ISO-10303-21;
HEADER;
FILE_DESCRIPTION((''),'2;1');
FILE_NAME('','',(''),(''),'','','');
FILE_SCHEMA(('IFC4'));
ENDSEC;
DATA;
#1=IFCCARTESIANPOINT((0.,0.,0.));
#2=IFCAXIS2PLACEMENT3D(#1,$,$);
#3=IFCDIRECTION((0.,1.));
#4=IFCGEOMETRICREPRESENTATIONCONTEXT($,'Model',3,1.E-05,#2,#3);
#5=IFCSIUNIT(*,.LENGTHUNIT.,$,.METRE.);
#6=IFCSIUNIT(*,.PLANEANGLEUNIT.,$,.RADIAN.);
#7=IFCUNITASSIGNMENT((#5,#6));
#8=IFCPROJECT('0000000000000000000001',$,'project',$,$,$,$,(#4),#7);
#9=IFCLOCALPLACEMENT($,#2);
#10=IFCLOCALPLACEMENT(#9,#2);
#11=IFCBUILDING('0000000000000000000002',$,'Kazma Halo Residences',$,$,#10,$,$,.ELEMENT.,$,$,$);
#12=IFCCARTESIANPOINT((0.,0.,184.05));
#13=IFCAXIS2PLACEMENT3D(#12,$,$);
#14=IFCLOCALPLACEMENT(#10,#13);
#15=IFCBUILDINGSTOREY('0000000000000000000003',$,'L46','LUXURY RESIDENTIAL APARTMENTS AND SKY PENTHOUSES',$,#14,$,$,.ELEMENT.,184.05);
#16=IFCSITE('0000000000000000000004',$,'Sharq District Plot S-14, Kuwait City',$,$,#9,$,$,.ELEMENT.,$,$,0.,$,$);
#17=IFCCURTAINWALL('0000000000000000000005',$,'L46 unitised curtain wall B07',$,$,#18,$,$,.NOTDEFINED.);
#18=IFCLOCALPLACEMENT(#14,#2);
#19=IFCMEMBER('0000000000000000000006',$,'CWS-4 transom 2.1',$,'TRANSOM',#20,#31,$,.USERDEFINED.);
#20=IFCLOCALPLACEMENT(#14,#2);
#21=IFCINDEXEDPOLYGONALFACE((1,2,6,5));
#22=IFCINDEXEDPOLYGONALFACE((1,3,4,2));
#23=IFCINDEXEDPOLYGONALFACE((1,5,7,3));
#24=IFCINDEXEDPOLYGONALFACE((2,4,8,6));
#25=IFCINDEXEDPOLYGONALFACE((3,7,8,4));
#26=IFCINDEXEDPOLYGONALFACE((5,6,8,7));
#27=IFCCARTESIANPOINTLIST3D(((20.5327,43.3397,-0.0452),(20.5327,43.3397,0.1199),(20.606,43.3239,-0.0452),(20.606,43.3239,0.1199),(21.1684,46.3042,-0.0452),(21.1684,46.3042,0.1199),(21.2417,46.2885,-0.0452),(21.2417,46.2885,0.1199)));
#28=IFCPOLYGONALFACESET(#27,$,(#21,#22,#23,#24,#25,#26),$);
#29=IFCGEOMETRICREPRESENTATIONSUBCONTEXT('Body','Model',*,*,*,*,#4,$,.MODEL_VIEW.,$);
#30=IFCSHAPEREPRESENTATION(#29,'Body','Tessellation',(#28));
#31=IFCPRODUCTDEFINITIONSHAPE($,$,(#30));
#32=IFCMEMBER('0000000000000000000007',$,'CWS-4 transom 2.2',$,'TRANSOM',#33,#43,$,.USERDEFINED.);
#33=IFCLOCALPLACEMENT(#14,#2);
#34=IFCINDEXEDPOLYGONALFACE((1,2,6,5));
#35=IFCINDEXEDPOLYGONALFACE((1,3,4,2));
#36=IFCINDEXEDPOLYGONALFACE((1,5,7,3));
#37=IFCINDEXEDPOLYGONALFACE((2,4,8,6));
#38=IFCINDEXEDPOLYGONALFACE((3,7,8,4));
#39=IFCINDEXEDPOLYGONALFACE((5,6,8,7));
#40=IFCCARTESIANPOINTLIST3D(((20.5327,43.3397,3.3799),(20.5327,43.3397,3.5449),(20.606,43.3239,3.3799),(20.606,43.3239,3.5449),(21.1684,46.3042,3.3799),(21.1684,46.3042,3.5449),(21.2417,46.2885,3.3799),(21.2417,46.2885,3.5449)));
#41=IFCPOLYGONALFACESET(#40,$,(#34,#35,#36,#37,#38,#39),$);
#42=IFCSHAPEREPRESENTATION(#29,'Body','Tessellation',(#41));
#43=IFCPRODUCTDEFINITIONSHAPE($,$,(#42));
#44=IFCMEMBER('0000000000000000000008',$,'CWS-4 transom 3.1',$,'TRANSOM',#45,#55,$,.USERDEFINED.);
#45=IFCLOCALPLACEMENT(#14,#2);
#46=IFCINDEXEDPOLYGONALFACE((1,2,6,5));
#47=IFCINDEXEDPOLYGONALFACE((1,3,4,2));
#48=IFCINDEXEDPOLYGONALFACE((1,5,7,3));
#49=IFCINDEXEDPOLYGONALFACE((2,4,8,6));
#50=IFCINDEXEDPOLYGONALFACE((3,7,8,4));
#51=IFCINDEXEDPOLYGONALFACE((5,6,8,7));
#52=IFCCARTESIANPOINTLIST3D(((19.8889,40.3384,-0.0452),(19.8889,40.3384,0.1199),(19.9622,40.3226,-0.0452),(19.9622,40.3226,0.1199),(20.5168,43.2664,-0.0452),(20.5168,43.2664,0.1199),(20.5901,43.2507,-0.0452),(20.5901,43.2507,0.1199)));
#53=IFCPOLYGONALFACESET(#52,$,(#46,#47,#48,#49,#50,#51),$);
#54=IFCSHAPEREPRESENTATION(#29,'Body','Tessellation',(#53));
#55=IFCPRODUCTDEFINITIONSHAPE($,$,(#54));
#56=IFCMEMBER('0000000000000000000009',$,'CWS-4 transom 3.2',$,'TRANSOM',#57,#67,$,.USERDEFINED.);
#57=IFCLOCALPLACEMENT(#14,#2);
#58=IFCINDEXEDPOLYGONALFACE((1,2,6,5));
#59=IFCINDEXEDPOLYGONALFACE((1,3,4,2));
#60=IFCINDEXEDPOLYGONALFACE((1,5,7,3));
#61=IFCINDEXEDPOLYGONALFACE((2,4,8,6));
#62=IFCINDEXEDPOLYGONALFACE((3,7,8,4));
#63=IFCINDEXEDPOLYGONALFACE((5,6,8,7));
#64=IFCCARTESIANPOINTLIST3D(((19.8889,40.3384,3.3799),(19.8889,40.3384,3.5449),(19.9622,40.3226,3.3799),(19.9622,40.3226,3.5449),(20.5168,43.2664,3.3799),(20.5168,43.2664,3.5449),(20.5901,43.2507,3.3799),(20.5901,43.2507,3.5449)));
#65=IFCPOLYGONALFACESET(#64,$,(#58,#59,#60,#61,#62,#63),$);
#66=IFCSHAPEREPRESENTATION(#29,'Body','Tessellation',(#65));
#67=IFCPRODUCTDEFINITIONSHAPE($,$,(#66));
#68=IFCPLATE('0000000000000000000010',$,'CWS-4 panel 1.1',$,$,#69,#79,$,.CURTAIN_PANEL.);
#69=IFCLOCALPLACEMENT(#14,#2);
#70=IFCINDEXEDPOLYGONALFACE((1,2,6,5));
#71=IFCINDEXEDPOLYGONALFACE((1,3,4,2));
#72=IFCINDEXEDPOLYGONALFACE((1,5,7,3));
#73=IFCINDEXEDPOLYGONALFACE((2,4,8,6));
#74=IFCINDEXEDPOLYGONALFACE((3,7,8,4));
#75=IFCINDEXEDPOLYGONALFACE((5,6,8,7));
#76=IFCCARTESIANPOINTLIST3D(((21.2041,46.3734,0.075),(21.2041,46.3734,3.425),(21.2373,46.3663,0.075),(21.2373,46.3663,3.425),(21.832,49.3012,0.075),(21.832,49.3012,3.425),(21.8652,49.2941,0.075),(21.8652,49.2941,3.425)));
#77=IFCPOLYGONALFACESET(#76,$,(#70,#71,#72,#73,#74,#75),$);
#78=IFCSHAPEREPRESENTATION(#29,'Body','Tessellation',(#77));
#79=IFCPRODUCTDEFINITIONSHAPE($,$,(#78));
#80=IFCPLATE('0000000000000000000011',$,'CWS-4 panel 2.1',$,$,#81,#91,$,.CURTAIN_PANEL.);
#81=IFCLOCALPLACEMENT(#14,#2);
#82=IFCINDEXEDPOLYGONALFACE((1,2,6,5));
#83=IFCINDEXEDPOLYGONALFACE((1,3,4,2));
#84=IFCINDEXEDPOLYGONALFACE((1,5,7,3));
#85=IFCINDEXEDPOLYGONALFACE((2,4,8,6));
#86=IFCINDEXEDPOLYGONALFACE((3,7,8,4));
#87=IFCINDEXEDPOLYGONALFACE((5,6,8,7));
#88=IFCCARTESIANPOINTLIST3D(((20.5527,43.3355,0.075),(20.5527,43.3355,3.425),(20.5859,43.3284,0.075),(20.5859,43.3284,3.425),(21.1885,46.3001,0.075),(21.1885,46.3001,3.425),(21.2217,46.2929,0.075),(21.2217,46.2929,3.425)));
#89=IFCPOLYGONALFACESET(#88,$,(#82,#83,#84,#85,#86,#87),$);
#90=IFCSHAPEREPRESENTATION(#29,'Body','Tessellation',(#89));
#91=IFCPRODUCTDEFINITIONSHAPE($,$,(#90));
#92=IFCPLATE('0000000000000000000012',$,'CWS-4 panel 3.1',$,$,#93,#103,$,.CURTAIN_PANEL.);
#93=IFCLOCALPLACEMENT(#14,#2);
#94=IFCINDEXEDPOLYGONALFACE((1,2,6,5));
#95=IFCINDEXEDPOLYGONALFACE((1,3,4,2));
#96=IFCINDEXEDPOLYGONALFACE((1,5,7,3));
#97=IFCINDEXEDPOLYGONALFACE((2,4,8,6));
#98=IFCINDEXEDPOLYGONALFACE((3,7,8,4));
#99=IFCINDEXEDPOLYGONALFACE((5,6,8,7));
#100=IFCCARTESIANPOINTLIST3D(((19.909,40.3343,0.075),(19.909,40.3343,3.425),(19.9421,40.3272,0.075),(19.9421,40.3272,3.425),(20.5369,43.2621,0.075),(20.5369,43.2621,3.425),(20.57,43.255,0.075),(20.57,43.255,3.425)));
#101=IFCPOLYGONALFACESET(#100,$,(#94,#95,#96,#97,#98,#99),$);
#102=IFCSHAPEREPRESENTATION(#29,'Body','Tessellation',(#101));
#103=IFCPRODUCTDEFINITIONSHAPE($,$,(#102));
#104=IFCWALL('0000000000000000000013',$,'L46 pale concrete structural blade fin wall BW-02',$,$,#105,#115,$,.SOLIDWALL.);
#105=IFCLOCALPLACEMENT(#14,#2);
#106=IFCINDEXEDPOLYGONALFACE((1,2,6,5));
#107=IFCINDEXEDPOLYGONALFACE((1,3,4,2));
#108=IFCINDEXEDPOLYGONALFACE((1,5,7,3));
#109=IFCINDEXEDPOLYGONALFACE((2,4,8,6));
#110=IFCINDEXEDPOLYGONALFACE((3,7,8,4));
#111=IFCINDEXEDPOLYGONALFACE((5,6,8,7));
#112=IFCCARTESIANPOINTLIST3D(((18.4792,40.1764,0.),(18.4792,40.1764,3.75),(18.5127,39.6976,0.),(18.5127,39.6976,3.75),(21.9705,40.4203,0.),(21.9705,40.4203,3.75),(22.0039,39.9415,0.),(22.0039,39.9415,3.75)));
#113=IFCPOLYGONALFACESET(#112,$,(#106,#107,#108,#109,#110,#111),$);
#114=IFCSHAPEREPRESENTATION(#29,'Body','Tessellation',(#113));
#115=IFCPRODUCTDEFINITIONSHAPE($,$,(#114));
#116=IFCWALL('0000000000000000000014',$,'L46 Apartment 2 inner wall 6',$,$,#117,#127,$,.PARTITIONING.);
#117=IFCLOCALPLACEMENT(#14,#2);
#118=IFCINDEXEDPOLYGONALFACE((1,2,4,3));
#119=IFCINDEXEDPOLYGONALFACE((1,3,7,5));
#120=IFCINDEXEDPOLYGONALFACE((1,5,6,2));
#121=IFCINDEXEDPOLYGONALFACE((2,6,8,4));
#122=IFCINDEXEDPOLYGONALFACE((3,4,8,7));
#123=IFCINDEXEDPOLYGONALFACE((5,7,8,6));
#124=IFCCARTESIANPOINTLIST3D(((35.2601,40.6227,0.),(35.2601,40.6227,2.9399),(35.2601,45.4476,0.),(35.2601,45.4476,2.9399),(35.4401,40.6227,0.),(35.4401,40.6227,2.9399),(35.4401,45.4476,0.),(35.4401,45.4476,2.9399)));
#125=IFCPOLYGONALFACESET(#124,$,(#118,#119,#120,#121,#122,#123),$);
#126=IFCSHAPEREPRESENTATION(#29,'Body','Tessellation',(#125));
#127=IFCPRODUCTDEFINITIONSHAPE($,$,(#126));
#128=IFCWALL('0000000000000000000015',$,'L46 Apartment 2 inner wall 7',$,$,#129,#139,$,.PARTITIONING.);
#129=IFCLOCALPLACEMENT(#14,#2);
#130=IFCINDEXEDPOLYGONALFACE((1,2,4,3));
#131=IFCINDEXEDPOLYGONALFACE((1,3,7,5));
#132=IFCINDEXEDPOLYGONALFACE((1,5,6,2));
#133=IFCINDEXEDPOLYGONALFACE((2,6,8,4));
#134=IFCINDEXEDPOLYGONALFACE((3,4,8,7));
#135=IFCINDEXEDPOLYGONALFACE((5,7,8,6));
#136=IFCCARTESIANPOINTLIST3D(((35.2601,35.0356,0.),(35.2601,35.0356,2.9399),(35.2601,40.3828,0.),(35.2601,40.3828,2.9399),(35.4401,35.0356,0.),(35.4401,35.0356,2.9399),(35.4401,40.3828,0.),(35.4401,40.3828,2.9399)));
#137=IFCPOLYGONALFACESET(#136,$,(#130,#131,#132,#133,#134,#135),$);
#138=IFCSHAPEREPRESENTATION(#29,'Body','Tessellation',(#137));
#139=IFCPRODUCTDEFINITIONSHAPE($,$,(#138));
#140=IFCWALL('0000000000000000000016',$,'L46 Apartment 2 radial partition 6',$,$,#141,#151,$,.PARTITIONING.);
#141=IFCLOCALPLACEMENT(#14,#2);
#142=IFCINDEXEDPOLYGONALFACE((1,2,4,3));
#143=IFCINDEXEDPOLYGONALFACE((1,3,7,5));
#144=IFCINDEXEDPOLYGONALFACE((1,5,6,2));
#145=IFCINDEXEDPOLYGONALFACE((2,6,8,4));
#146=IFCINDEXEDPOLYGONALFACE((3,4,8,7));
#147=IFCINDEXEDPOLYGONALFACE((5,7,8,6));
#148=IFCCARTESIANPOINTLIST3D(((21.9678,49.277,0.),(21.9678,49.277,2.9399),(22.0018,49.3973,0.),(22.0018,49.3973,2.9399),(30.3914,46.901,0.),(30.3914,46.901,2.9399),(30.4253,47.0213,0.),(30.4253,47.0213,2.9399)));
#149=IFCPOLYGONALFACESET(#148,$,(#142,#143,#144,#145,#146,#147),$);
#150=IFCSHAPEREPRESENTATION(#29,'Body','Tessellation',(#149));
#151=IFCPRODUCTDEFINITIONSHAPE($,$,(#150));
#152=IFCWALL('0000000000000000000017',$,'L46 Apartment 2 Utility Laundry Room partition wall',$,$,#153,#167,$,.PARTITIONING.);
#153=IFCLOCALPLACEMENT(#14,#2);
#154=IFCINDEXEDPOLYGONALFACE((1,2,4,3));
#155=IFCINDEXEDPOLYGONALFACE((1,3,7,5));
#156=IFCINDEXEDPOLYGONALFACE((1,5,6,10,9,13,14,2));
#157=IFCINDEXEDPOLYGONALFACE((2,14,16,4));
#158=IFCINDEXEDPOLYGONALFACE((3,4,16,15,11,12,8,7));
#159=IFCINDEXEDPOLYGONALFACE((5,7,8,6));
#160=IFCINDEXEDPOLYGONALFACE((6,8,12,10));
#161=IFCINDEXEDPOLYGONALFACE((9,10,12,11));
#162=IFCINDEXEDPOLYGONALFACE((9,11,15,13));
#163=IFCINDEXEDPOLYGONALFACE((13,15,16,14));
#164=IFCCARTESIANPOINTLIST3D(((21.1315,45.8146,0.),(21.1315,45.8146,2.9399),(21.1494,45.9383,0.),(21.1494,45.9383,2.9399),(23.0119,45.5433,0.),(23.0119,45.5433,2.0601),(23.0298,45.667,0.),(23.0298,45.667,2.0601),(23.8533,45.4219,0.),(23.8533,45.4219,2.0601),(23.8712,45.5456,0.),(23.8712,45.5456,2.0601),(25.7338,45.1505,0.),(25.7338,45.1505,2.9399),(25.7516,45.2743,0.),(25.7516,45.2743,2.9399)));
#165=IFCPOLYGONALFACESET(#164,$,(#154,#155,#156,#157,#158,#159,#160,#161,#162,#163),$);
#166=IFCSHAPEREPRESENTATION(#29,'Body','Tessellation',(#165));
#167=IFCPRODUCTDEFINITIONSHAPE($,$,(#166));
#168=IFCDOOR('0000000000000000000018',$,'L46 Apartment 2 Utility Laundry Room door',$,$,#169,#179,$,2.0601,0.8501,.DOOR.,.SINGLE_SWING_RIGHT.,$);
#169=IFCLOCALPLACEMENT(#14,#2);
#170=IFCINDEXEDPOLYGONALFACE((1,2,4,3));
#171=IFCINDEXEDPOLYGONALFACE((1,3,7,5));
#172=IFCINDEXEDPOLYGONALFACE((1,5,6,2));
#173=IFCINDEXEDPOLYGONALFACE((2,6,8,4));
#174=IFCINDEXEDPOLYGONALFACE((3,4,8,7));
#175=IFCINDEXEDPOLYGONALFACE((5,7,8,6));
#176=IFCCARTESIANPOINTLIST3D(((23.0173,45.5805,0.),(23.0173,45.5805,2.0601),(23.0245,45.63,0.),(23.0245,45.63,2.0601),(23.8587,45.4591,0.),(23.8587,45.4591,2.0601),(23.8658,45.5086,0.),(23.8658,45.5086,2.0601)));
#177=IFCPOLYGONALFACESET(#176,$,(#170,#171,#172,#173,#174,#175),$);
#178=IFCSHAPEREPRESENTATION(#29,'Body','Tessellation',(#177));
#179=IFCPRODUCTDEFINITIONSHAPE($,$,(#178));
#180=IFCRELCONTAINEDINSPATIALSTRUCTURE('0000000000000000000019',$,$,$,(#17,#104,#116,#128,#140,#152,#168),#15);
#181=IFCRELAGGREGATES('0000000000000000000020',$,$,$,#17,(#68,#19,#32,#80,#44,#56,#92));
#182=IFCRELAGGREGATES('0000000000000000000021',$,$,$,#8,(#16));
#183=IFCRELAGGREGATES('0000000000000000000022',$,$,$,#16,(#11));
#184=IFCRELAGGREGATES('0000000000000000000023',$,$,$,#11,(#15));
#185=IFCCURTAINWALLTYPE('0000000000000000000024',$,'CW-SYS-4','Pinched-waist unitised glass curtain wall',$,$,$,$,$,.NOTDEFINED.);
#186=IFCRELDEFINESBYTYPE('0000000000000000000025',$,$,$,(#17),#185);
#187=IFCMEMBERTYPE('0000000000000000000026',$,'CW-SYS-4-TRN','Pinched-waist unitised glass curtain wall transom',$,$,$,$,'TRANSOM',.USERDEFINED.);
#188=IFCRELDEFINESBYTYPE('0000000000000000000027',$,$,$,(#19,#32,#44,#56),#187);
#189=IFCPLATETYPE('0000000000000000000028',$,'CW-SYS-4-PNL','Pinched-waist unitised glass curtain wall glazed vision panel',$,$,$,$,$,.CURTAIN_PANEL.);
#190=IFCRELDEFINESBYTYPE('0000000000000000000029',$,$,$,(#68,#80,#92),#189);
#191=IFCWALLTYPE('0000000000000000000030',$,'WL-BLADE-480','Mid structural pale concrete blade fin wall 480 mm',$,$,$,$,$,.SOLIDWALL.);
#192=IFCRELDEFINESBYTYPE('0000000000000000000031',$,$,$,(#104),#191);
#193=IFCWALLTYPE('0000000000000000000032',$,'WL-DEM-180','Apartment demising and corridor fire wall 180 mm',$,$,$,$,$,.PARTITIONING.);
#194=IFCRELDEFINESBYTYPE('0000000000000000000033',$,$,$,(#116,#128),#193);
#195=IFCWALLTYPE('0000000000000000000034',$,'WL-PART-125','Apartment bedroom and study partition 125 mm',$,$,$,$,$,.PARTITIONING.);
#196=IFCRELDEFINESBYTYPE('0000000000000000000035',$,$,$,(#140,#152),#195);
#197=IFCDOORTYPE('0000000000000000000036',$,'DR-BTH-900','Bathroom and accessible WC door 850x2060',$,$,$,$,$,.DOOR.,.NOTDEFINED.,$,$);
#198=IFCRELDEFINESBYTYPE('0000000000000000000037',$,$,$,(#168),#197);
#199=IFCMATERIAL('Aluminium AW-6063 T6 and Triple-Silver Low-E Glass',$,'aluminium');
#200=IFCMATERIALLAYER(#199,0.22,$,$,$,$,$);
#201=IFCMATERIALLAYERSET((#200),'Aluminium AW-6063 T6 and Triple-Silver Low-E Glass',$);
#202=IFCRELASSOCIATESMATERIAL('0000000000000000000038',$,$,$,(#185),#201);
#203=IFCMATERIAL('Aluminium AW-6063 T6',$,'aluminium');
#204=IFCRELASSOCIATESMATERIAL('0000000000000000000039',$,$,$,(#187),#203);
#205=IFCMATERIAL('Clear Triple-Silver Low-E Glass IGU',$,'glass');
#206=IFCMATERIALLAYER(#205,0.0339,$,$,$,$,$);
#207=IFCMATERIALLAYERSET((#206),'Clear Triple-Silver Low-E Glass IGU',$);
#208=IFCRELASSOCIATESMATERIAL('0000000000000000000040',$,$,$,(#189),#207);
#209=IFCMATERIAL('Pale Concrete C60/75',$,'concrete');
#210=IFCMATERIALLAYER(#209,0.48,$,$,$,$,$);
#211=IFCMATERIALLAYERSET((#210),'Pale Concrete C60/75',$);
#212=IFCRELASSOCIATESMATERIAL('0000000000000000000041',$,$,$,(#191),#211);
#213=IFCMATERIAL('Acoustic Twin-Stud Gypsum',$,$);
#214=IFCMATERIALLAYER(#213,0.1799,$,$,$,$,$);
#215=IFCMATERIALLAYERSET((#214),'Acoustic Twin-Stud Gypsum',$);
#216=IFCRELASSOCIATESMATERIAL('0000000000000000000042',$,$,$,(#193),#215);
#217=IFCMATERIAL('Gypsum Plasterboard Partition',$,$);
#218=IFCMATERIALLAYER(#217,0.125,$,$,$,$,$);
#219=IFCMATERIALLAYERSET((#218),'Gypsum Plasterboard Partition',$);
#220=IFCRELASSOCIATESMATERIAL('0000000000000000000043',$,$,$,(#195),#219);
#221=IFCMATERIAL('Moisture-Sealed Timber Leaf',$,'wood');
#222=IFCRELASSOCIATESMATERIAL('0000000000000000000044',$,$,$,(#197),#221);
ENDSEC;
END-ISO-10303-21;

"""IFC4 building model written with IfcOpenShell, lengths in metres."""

from ifc_helpers import new_model, si_unit, direction, frame, frame_2d, origin, origin_2d, place, context, subcontext, project, spatial, rectangle, extrude, material, layer, layer_set, material_profile, profile_set, type_object, element, fill, aggregate, save


model = new_model("IFC4")

# Units and contexts
model_context = context("Model", 3, precision=1e-05, world=origin(), true_north=direction((0.0, 1.0)))
body_context = subcontext(model_context, "Body", "Model", "MODEL_VIEW")
ifc_project = project(units=[si_unit("LENGTHUNIT", "METRE"), si_unit("PLANEANGLEUNIT", "RADIAN")], contexts=[model_context])

# Site, building, storey
site_placement = place(None, origin())
site = spatial("IfcSite", under=ifc_project, at=site_placement, Name="Sharq District Plot S-14, Kuwait City", CompositionType="ELEMENT", RefElevation=0.0)
building_placement = place(site_placement, origin())
building = spatial("IfcBuilding", under=site, at=building_placement, Name="Kazma Halo Residences", CompositionType="ELEMENT")
storey_placement = place(building_placement, frame((0.0, 0.0, 184.05)))
storey = spatial("IfcBuildingStorey", under=building, at=storey_placement, Name="L46", Description="LUXURY RESIDENTIAL APARTMENTS AND SKY PENTHOUSES", CompositionType="ELEMENT", Elevation=184.05)

# Curtain wall, members, plates
ifc_material_1 = material(Name="Aluminium AW-6063 T6 and Triple-Silver Low-E Glass", Category="aluminium")
ifc_layer_1 = layer(ifc_material_1, 0.22)
ifc_layer_set_1 = layer_set([ifc_layer_1], Name="Aluminium AW-6063 T6 and Triple-Silver Low-E Glass")
curtain_wall_type = type_object("IfcCurtainWallType", Name="CW-SYS-4", Description="Pinched-waist unitised glass curtain wall", PredefinedType="NOTDEFINED", material=ifc_layer_set_1)
curtain_wall_placement = place(storey_placement, origin())
curtain_wall = element("IfcCurtainWall", 1, at=curtain_wall_placement, inside=storey, type_object=curtain_wall_type, Name="L46 unitised curtain wall B07", PredefinedType="NOTDEFINED")
ifc_material_2 = material(Name="Aluminium AW-6063 T6", Category="aluminium")
ifc_material_profile_1 = material_profile(ifc_material_2, rectangle(XDim=0.075, YDim=0.165, at=origin_2d()), Name="CWT-75x165")
ifc_profile_set_1 = profile_set([ifc_material_profile_1], Name="Aluminium AW-6063 T6")
member_type_1 = type_object("IfcMemberType", Name="CW-SYS-4-TRN", Description="Pinched-waist unitised glass curtain wall transom", ElementType="TRANSOM", PredefinedType="USERDEFINED", material=ifc_profile_set_1)
member_1_placement = place(storey_placement, frame((21.2051, 46.2964, 0.0374), z_axis=(-0.209678, -0.977771, 0.0), x_axis=(0.977771, -0.209678, 0.0)))
member_1 = element("IfcMember", 2, at=member_1_placement, type_object=member_type_1, Name="CWS-4 transom 2.1", ObjectType="TRANSOM", PredefinedType="USERDEFINED", context=body_context, shape_type="SweptSolid", body=[
    extrude(rectangle(XDim=0.075, YDim=0.165, at=origin_2d()), origin(), (0.0, 0.0, 1.0), 3.032),
])
member_2_placement = place(storey_placement, frame((21.2051, 46.2964, 3.4624), z_axis=(-0.209678, -0.977771, 0.0), x_axis=(0.977771, -0.209678, 0.0)))
member_2 = element("IfcMember", 3, at=member_2_placement, type_object=member_type_1, Name="CWS-4 transom 2.2", ObjectType="TRANSOM", PredefinedType="USERDEFINED", context=body_context, shape_type="SweptSolid", body=[
    extrude(rectangle(XDim=0.075, YDim=0.165, at=origin_2d()), origin(), (0.0, 0.0, 1.0), 3.032),
])
member_3_placement = place(storey_placement, frame((20.5535, 43.2585, 0.0374), z_axis=(-0.209691, -0.977768, 0.0), x_axis=(0.977768, -0.209691, 0.0)))
member_3 = element("IfcMember", 4, at=member_3_placement, type_object=member_type_1, Name="CWS-4 transom 3.1", ObjectType="TRANSOM", PredefinedType="USERDEFINED", context=body_context, shape_type="SweptSolid", body=[
    extrude(rectangle(XDim=0.075, YDim=0.165, at=origin_2d()), origin(), (0.0, 0.0, 1.0), 2.9946),
])
member_4_placement = place(storey_placement, frame((20.5535, 43.2585, 3.4624), z_axis=(-0.209691, -0.977768, 0.0), x_axis=(0.977768, -0.209691, 0.0)))
member_4 = element("IfcMember", 5, at=member_4_placement, type_object=member_type_1, Name="CWS-4 transom 3.2", ObjectType="TRANSOM", PredefinedType="USERDEFINED", context=body_context, shape_type="SweptSolid", body=[
    extrude(rectangle(XDim=0.075, YDim=0.165, at=origin_2d()), origin(), (0.0, 0.0, 1.0), 2.9946),
])
ifc_material_3 = material(Name="Clear Triple-Silver Low-E Glass IGU", Category="glass")
ifc_layer_2 = layer(ifc_material_3, 0.0339)
ifc_layer_set_2 = layer_set([ifc_layer_2], Name="Clear Triple-Silver Low-E Glass IGU")
plate_type = type_object("IfcPlateType", Name="CW-SYS-4-PNL", Description="Pinched-waist unitised glass curtain wall glazed vision panel", PredefinedType="CURTAIN_PANEL", material=ifc_layer_set_2)
plate_1_placement = place(storey_placement, frame((21.5347, 47.8337, 0.075), z_axis=(0.0, 0.0, 1.0), x_axis=(-0.20969, -0.977768, 0.0)))
plate_1 = element("IfcPlate", 6, at=plate_1_placement, type_object=plate_type, Name="CWS-4 panel 1.1", PredefinedType="CURTAIN_PANEL", context=body_context, shape_type="SweptSolid", body=[
    extrude(rectangle(XDim=2.9944, YDim=0.0339, at=origin_2d()), origin(), (0.0, 0.0, 1.0), 3.3501),
])
plate_2_placement = place(storey_placement, frame((20.8872, 44.8142, 0.075), z_axis=(0.0, 0.0, 1.0), x_axis=(-0.20969, -0.977768, 0.0)))
plate_2 = element("IfcPlate", 7, at=plate_2_placement, type_object=plate_type, Name="CWS-4 panel 2.1", PredefinedType="CURTAIN_PANEL", context=body_context, shape_type="SweptSolid", body=[
    extrude(rectangle(XDim=3.032, YDim=0.0339, at=origin_2d()), origin(), (0.0, 0.0, 1.0), 3.3501),
])
plate_3_placement = place(storey_placement, frame((20.2395, 41.7947, 0.075), z_axis=(0.0, 0.0, 1.0), x_axis=(-0.20969, -0.977768, 0.0)))
plate_3 = element("IfcPlate", 8, at=plate_3_placement, type_object=plate_type, Name="CWS-4 panel 3.1", PredefinedType="CURTAIN_PANEL", context=body_context, shape_type="SweptSolid", body=[
    extrude(rectangle(XDim=2.9944, YDim=0.0339, at=origin_2d()), origin(), (0.0, 0.0, 1.0), 3.3501),
])
aggregate(curtain_wall, [plate_1, member_1, member_2, plate_2, member_3, member_4, plate_3])

# Walls
ifc_material_4 = material(Name="Pale Concrete C60/75", Category="concrete")
ifc_layer_3 = layer(ifc_material_4, 0.48)
ifc_layer_set_3 = layer_set([ifc_layer_3], Name="Pale Concrete C60/75")
wall_type_1 = type_object("IfcWallType", Name="WL-BLADE-480", Description="Mid structural pale concrete blade fin wall 480 mm", PredefinedType="SOLIDWALL", material=ifc_layer_set_3)
wall_1_placement = place(storey_placement, frame((21.9873, 40.1809, 0.0), z_axis=(0.0, 0.0, 1.0), x_axis=(-0.997569, -0.06969, 0.0)))
element("IfcWall", 9, at=wall_1_placement, inside=storey, type_object=wall_type_1, Name="L46 pale concrete structural blade fin wall BW-02", PredefinedType="SOLIDWALL", context=body_context, shape_type="SweptSolid", body=[
    extrude(rectangle(XDim=3.4998, YDim=0.48, at=frame_2d((1.75, 0.0))), origin(), (0.0, 0.0, 1.0), 3.75),
])
ifc_material_5 = material(Name="Acoustic Twin-Stud Gypsum")
ifc_layer_4 = layer(ifc_material_5, 0.1799)
ifc_layer_set_4 = layer_set([ifc_layer_4], Name="Acoustic Twin-Stud Gypsum")
wall_type_2 = type_object("IfcWallType", Name="WL-DEM-180", Description="Apartment demising and corridor fire wall 180 mm", PredefinedType="PARTITIONING", material=ifc_layer_set_4)
wall_2_placement = place(storey_placement, frame((35.3501, 45.4478, 0.0), z_axis=(0.0, 0.0, 1.0), x_axis=(0.0, -1.0, 0.0)))
element("IfcWall", 10, at=wall_2_placement, inside=storey, type_object=wall_type_2, Name="L46 Apartment 2 inner wall 6", PredefinedType="PARTITIONING", context=body_context, shape_type="SweptSolid", body=[
    extrude(rectangle(XDim=4.825, YDim=0.1799, at=frame_2d((2.4126, 0.0))), origin(), (0.0, 0.0, 1.0), 2.9399),
])
wall_3_placement = place(storey_placement, frame((35.3501, 40.3828, 0.0), z_axis=(0.0, 0.0, 1.0), x_axis=(0.0, -1.0, 0.0)))
element("IfcWall", 11, at=wall_3_placement, inside=storey, type_object=wall_type_2, Name="L46 Apartment 2 inner wall 7", PredefinedType="PARTITIONING", context=body_context, shape_type="SweptSolid", body=[
    extrude(rectangle(XDim=5.3472, YDim=0.1799, at=frame_2d((2.6736, 0.0))), origin(), (0.0, 0.0, 1.0), 2.9399),
])
ifc_material_6 = material(Name="Gypsum Plasterboard Partition")
ifc_layer_5 = layer(ifc_material_6, 0.125)
ifc_layer_set_5 = layer_set([ifc_layer_5], Name="Gypsum Plasterboard Partition")
wall_type_3 = type_object("IfcWallType", Name="WL-PART-125", Description="Apartment bedroom and study partition 125 mm", PredefinedType="PARTITIONING", material=ifc_layer_set_5)
wall_4_placement = place(storey_placement, frame((30.4082, 46.9612, 0.0), z_axis=(0.0, 0.0, 1.0), x_axis=(-0.962447, 0.27147, 0.0)))
element("IfcWall", 12, at=wall_4_placement, inside=storey, type_object=wall_type_3, Name="L46 Apartment 2 radial partition 6", PredefinedType="PARTITIONING", context=body_context, shape_type="SweptSolid", body=[
    extrude(rectangle(XDim=8.7522, YDim=0.125, at=frame_2d((4.376, 0.0))), origin(), (0.0, 0.0, 1.0), 2.9399),
])

# Wall, opening, door
wall_5_placement = place(storey_placement, frame((25.7427, 45.2124, 0.0), z_axis=(0.0, 0.0, 1.0), x_axis=(-0.98975, 0.14281, 0.0)))
wall_5 = element("IfcWall", 13, at=wall_5_placement, inside=storey, type_object=wall_type_3, Name="L46 Apartment 2 Utility Laundry Room partition wall", PredefinedType="PARTITIONING", context=body_context, shape_type="SweptSolid", body=[
    extrude(rectangle(XDim=4.6499, YDim=0.125, at=frame_2d((2.325, 0.0))), origin(), (0.0, 0.0, 1.0), 2.9399),
])
opening_1_placement = place(wall_5_placement, frame((1.8999, 0.0, 0.0)))
opening_1 = element("IfcOpeningElement", 14, at=opening_1_placement, cuts=wall_5, PredefinedType="OPENING", context=body_context, shape_type="SweptSolid", body=[
    extrude(rectangle(XDim=0.8501, YDim=2.0601, at=frame_2d((0.425, 1.03))), frame((0.0, 0.0725, 0.0), z_axis=(0.0, -1.0, 0.0), x_axis=(1.0, 0.0, 0.0)), (0.0, 0.0, 1.0), 0.145),
])
ifc_material_7 = material(Name="Moisture-Sealed Timber Leaf", Category="wood")
door_type = type_object("IfcDoorType", Name="DR-BTH-900", Description="Bathroom and accessible WC door 850x2060", OperationType="NOTDEFINED", PredefinedType="DOOR", material=ifc_material_7)
door_1_placement = place(opening_1_placement, origin())
door_1 = element("IfcDoor", 15, at=door_1_placement, inside=storey, type_object=door_type, Name="L46 Apartment 2 Utility Laundry Room door", OperationType="SINGLE_SWING_RIGHT", OverallHeight=2.0601, OverallWidth=0.8501, PredefinedType="DOOR", context=body_context, shape_type="SweptSolid", body=[
    extrude(rectangle(XDim=0.8501, YDim=2.0601, at=frame_2d((0.425, 1.03))), frame((0.0, 0.0249, 0.0), z_axis=(0.0, -1.0, 0.0), x_axis=(1.0, 0.0, 0.0)), (0.0, 0.0, 1.0), 0.05),
])
fill(opening_1, door_1)

save(model, "model.ifc")
